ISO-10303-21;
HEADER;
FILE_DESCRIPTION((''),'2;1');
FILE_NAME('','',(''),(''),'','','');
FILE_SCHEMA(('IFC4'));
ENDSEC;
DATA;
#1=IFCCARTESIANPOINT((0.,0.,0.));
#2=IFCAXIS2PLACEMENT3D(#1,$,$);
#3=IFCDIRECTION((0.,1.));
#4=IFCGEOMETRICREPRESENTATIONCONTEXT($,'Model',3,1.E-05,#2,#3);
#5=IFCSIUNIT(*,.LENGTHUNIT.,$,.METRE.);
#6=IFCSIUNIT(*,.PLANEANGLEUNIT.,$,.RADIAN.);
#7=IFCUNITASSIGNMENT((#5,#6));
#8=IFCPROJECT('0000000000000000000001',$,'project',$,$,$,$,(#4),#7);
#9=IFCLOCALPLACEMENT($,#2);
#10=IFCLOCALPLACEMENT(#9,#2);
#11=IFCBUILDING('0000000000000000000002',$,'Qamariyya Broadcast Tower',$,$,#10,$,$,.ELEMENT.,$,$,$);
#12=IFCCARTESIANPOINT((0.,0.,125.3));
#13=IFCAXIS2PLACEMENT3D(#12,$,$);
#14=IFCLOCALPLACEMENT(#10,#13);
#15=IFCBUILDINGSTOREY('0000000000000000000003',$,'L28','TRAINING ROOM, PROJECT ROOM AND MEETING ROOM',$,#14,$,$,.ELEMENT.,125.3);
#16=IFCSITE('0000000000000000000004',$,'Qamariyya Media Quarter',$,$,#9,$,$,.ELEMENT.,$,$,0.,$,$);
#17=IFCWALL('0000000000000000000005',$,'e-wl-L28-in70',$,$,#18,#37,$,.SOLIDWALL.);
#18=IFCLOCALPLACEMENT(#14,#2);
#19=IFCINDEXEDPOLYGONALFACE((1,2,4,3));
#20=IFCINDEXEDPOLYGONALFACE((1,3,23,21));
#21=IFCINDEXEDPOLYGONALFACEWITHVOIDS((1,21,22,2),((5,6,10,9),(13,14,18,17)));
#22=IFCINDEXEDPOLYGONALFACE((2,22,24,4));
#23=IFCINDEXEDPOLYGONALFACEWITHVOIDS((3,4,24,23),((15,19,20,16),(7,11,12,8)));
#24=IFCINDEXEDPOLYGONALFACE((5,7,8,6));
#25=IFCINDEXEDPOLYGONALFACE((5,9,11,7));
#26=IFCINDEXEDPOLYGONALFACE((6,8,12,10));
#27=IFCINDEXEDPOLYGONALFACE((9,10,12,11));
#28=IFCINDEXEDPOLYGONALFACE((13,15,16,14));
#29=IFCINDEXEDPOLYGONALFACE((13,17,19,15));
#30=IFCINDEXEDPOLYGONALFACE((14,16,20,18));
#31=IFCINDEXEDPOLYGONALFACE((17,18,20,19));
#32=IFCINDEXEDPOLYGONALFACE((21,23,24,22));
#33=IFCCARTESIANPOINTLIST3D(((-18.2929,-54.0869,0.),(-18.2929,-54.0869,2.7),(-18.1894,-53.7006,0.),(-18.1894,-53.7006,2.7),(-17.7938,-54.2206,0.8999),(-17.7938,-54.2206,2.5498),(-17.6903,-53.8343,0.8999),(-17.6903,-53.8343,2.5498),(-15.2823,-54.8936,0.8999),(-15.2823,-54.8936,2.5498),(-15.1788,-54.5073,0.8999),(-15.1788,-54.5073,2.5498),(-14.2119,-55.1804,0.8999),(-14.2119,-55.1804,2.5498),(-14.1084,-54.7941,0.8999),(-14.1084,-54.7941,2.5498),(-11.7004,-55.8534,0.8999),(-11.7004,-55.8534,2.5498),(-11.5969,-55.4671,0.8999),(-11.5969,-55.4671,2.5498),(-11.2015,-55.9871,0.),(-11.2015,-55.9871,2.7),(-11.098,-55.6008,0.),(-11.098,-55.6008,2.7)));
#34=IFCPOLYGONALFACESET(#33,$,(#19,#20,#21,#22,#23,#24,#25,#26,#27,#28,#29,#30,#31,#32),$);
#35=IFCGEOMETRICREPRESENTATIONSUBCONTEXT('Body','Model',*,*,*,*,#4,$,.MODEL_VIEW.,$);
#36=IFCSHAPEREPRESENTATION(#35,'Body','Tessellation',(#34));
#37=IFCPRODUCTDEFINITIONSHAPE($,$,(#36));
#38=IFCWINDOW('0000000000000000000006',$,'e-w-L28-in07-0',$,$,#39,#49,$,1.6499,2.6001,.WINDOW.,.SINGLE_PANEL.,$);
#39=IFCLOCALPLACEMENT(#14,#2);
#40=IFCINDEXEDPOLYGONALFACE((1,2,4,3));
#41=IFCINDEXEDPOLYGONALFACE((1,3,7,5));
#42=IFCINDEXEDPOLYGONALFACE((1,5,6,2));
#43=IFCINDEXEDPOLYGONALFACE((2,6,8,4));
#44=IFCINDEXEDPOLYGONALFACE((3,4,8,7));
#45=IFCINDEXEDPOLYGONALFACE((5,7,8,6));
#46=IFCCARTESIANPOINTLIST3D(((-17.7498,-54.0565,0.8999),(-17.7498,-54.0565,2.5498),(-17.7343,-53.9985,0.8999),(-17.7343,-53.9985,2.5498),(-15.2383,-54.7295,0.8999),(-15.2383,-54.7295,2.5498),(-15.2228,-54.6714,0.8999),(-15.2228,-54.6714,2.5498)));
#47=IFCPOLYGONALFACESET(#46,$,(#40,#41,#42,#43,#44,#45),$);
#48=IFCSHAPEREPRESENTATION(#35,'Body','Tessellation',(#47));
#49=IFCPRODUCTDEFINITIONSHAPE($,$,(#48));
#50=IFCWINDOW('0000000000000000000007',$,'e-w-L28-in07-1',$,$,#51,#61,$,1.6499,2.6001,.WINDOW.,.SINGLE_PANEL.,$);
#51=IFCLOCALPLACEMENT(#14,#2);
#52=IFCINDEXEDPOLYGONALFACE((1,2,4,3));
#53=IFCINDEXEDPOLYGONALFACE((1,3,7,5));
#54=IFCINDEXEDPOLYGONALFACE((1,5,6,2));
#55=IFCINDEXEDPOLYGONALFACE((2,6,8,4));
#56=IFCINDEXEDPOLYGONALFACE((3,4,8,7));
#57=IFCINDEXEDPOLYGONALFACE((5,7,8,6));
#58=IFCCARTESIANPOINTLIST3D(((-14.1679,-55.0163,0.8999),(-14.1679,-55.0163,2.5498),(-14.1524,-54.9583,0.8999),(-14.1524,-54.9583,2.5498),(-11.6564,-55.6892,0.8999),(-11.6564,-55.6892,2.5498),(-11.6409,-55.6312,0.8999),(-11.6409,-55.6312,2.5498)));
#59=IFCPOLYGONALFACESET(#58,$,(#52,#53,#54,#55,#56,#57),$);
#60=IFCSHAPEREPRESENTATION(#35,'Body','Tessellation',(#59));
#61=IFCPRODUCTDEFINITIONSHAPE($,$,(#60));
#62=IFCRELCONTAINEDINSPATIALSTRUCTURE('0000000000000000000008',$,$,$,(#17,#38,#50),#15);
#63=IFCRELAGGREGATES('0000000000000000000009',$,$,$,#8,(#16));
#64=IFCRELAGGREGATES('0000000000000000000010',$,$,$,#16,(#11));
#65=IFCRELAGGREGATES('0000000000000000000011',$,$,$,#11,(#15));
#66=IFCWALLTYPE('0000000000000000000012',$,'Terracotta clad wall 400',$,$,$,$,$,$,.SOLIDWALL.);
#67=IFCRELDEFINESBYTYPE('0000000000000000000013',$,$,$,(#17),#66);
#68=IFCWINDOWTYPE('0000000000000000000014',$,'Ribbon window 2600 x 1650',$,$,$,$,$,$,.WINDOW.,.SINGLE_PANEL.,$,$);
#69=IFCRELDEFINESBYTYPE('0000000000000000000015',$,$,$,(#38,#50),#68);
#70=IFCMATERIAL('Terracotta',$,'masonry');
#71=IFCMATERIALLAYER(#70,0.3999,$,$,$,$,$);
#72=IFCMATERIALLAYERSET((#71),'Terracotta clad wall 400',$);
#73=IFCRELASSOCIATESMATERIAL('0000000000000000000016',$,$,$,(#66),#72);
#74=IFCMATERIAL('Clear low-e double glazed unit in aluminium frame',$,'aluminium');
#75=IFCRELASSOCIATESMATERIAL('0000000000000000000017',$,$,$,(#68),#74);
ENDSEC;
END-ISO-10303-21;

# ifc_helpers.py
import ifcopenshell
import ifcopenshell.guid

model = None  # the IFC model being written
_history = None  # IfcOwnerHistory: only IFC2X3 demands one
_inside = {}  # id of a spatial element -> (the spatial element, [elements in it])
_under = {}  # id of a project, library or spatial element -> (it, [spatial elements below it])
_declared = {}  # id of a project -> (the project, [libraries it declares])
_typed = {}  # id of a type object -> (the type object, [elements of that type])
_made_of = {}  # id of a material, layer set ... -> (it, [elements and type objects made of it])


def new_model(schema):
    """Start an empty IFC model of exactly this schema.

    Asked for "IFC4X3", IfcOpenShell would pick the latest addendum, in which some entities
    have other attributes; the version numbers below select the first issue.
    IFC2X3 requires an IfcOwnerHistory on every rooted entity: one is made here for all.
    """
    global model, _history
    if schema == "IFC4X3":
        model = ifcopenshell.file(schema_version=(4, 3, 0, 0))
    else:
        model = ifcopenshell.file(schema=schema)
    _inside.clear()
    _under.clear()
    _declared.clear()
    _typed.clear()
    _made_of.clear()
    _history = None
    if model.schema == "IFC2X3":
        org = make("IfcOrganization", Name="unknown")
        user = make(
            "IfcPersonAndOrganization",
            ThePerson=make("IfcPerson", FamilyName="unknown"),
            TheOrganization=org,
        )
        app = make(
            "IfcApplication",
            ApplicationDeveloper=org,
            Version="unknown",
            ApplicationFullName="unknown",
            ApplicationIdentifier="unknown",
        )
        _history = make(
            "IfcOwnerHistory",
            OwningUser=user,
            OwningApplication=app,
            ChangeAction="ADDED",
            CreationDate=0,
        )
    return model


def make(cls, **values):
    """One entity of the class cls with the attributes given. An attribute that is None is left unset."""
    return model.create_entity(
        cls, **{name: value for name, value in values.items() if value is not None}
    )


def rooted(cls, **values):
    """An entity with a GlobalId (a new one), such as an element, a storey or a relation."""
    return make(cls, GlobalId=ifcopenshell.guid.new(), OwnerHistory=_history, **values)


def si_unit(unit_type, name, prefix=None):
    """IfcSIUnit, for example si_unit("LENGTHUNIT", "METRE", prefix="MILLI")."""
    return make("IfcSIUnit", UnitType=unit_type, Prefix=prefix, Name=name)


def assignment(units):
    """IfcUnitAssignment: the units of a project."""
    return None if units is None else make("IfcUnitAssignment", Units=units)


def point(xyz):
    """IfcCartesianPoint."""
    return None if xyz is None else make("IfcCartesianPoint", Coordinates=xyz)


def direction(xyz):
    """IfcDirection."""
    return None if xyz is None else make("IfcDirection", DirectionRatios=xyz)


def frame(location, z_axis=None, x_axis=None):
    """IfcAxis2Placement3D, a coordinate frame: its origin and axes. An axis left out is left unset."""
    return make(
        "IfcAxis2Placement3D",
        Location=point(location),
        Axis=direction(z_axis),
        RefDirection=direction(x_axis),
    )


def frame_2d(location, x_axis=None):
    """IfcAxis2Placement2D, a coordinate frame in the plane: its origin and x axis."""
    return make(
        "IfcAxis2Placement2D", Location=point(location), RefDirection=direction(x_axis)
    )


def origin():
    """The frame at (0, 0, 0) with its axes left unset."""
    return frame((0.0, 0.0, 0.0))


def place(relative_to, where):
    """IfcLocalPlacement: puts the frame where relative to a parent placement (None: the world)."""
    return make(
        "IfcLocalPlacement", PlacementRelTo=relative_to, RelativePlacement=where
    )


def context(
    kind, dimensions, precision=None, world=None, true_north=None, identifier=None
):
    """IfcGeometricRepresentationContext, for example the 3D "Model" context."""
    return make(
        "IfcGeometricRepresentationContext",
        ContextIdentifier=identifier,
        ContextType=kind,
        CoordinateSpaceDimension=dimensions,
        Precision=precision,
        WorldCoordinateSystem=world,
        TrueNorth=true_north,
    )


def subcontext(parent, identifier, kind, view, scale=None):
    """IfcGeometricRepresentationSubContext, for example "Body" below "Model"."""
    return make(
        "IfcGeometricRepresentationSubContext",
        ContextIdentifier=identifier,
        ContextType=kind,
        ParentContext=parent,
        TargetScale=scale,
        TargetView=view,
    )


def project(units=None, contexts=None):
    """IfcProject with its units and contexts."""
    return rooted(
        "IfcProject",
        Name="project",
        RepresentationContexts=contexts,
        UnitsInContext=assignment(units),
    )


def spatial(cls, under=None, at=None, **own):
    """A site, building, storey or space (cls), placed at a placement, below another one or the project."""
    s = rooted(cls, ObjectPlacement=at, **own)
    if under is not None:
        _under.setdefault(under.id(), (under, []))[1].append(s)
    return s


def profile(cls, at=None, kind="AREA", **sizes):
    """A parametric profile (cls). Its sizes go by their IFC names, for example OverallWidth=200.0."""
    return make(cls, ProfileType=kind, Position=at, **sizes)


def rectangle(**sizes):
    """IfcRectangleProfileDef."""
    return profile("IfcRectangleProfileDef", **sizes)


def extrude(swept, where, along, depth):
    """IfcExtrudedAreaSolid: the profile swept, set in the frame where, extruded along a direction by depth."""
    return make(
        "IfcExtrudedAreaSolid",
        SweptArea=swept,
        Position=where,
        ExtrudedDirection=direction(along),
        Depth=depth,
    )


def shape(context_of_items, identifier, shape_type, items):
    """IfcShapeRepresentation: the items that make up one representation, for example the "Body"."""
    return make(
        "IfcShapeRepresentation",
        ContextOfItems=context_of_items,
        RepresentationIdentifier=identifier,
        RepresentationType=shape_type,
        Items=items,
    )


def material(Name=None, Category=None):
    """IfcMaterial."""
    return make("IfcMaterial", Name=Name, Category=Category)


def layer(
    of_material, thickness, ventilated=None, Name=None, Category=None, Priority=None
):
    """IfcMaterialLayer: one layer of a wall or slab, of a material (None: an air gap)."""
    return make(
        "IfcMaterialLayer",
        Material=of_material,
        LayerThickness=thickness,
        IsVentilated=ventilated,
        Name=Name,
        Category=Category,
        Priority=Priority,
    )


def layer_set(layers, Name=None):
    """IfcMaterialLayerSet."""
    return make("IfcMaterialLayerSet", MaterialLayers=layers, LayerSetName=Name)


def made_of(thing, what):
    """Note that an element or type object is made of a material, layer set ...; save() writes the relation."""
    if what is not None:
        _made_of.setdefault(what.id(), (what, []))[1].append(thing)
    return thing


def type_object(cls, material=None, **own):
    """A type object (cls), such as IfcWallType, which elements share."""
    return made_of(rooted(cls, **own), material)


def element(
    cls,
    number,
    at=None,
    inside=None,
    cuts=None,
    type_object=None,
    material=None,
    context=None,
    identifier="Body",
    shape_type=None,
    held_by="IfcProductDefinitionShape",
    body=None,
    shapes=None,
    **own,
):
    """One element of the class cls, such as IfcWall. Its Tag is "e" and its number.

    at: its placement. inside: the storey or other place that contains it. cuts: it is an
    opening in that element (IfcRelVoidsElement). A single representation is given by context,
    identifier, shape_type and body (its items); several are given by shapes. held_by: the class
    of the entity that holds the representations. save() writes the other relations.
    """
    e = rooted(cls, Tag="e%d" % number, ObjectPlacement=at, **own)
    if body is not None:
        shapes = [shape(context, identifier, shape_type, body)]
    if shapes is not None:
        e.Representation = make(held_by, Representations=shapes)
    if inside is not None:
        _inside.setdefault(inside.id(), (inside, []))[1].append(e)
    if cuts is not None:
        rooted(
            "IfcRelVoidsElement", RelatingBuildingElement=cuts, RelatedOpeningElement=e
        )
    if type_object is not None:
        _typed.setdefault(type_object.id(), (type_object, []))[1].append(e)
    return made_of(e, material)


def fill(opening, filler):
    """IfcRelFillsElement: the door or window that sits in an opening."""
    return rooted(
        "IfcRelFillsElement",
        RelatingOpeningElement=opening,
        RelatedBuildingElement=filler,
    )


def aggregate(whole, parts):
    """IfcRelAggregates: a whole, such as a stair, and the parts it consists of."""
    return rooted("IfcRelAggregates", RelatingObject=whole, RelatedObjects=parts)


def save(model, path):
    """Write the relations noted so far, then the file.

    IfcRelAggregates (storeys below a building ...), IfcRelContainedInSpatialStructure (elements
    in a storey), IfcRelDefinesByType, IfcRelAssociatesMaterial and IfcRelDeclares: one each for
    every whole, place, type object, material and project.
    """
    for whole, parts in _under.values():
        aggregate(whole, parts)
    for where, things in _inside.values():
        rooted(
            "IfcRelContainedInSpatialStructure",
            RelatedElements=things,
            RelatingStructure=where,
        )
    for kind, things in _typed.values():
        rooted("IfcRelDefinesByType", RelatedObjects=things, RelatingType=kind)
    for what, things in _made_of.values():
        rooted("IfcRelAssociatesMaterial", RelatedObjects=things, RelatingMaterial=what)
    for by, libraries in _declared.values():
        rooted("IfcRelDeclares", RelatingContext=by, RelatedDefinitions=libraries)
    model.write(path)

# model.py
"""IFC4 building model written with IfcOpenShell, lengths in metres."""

from ifc_helpers import new_model, si_unit, direction, frame, frame_2d, origin, place, context, subcontext, project, spatial, rectangle, extrude, material, layer, layer_set, type_object, element, fill, save


model = new_model("IFC4")

# Units and contexts
model_context = context("Model", 3, precision=1e-05, world=origin(), true_north=direction((0.0, 1.0)))
body_context = subcontext(model_context, "Body", "Model", "MODEL_VIEW")
ifc_project = project(units=[si_unit("LENGTHUNIT", "METRE"), si_unit("PLANEANGLEUNIT", "RADIAN")], contexts=[model_context])

# Site, building, storey
site_placement = place(None, origin())
site = spatial("IfcSite", under=ifc_project, at=site_placement, Name="Qamariyya Media Quarter", CompositionType="ELEMENT", RefElevation=0.0)
building_placement = place(site_placement, origin())
building = spatial("IfcBuilding", under=site, at=building_placement, Name="Qamariyya Broadcast Tower", CompositionType="ELEMENT")
storey_placement = place(building_placement, frame((0.0, 0.0, 125.3)))
storey = spatial("IfcBuildingStorey", under=building, at=storey_placement, Name="L28", Description="TRAINING ROOM, PROJECT ROOM AND MEETING ROOM", CompositionType="ELEMENT", Elevation=125.3)

# Wall, openings, windows
ifc_material_1 = material(Name="Terracotta", Category="masonry")
ifc_layer_1 = layer(ifc_material_1, 0.3999)
ifc_layer_set_1 = layer_set([ifc_layer_1], Name="Terracotta clad wall 400")
wall_type_1 = type_object("IfcWallType", Name="Terracotta clad wall 400", PredefinedType="SOLIDWALL", material=ifc_layer_set_1)
ifc_material_2 = material(Name="Clear low-e double glazed unit in aluminium frame", Category="aluminium")
window_type = type_object("IfcWindowType", Name="Ribbon window 2600 x 1650", PartitioningType="SINGLE_PANEL", PredefinedType="WINDOW", material=ifc_material_2)
wall_1_placement = place(storey_placement, frame((-11.1497, -55.7939, 0.0), z_axis=(0.0, 0.0, 1.0), x_axis=(-0.965925, 0.258824, 0.0)))
wall_1 = element("IfcWall", 1, at=wall_1_placement, inside=storey, type_object=wall_type_1, Name="e-wl-L28-in70", PredefinedType="SOLIDWALL", context=body_context, shape_type="SweptSolid", body=[
    extrude(rectangle(XDim=7.3416, YDim=0.3999, at=frame_2d((3.6709, 0.0))), origin(), (0.0, 0.0, 1.0), 2.7),
])
opening_1_placement = place(wall_1_placement, frame((4.2249, 0.0, 0.8999)))
opening_1 = element("IfcOpeningElement", 2, at=opening_1_placement, cuts=wall_1, PredefinedType="OPENING", context=body_context, shape_type="SweptSolid", body=[
    extrude(rectangle(XDim=2.6001, YDim=1.6499, at=frame_2d((1.3, 0.825))), frame((0.0, 0.21, 0.0), z_axis=(0.0, -1.0, 0.0), x_axis=(1.0, 0.0, 0.0)), (0.0, 0.0, 1.0), 0.4199),
])
opening_2_placement = place(wall_1_placement, frame((0.5166, 0.0, 0.8999)))
opening_2 = element("IfcOpeningElement", 3, at=opening_2_placement, cuts=wall_1, PredefinedType="OPENING", context=body_context, shape_type="SweptSolid", body=[
    extrude(rectangle(XDim=2.6001, YDim=1.6499, at=frame_2d((1.3, 0.825))), frame((0.0, 0.21, 0.0), z_axis=(0.0, -1.0, 0.0), x_axis=(1.0, 0.0, 0.0)), (0.0, 0.0, 1.0), 0.4199),
])
window_1_placement = place(opening_1_placement, origin())
window_1 = element("IfcWindow", 4, at=window_1_placement, inside=storey, type_object=window_type, Name="e-w-L28-in07-0", OverallHeight=1.6499, OverallWidth=2.6001, PartitioningType="SINGLE_PANEL", PredefinedType="WINDOW", context=body_context, shape_type="SweptSolid", body=[
    extrude(rectangle(XDim=2.6001, YDim=1.6499, at=frame_2d((1.3, 0.825))), frame((0.0, 0.03, 0.0), z_axis=(0.0, -1.0, 0.0), x_axis=(1.0, 0.0, 0.0)), (0.0, 0.0, 1.0), 0.0601),
])
fill(opening_1, window_1)
window_2_placement = place(opening_2_placement, origin())
window_2 = element("IfcWindow", 5, at=window_2_placement, inside=storey, type_object=window_type, Name="e-w-L28-in07-1", OverallHeight=1.6499, OverallWidth=2.6001, PartitioningType="SINGLE_PANEL", PredefinedType="WINDOW", context=body_context, shape_type="SweptSolid", body=[
    extrude(rectangle(XDim=2.6001, YDim=1.6499, at=frame_2d((1.3, 0.825))), frame((0.0, 0.03, 0.0), z_axis=(0.0, -1.0, 0.0), x_axis=(1.0, 0.0, 0.0)), (0.0, 0.0, 1.0), 0.0601),
])
fill(opening_2, window_2)

save(model, "model.ifc")
